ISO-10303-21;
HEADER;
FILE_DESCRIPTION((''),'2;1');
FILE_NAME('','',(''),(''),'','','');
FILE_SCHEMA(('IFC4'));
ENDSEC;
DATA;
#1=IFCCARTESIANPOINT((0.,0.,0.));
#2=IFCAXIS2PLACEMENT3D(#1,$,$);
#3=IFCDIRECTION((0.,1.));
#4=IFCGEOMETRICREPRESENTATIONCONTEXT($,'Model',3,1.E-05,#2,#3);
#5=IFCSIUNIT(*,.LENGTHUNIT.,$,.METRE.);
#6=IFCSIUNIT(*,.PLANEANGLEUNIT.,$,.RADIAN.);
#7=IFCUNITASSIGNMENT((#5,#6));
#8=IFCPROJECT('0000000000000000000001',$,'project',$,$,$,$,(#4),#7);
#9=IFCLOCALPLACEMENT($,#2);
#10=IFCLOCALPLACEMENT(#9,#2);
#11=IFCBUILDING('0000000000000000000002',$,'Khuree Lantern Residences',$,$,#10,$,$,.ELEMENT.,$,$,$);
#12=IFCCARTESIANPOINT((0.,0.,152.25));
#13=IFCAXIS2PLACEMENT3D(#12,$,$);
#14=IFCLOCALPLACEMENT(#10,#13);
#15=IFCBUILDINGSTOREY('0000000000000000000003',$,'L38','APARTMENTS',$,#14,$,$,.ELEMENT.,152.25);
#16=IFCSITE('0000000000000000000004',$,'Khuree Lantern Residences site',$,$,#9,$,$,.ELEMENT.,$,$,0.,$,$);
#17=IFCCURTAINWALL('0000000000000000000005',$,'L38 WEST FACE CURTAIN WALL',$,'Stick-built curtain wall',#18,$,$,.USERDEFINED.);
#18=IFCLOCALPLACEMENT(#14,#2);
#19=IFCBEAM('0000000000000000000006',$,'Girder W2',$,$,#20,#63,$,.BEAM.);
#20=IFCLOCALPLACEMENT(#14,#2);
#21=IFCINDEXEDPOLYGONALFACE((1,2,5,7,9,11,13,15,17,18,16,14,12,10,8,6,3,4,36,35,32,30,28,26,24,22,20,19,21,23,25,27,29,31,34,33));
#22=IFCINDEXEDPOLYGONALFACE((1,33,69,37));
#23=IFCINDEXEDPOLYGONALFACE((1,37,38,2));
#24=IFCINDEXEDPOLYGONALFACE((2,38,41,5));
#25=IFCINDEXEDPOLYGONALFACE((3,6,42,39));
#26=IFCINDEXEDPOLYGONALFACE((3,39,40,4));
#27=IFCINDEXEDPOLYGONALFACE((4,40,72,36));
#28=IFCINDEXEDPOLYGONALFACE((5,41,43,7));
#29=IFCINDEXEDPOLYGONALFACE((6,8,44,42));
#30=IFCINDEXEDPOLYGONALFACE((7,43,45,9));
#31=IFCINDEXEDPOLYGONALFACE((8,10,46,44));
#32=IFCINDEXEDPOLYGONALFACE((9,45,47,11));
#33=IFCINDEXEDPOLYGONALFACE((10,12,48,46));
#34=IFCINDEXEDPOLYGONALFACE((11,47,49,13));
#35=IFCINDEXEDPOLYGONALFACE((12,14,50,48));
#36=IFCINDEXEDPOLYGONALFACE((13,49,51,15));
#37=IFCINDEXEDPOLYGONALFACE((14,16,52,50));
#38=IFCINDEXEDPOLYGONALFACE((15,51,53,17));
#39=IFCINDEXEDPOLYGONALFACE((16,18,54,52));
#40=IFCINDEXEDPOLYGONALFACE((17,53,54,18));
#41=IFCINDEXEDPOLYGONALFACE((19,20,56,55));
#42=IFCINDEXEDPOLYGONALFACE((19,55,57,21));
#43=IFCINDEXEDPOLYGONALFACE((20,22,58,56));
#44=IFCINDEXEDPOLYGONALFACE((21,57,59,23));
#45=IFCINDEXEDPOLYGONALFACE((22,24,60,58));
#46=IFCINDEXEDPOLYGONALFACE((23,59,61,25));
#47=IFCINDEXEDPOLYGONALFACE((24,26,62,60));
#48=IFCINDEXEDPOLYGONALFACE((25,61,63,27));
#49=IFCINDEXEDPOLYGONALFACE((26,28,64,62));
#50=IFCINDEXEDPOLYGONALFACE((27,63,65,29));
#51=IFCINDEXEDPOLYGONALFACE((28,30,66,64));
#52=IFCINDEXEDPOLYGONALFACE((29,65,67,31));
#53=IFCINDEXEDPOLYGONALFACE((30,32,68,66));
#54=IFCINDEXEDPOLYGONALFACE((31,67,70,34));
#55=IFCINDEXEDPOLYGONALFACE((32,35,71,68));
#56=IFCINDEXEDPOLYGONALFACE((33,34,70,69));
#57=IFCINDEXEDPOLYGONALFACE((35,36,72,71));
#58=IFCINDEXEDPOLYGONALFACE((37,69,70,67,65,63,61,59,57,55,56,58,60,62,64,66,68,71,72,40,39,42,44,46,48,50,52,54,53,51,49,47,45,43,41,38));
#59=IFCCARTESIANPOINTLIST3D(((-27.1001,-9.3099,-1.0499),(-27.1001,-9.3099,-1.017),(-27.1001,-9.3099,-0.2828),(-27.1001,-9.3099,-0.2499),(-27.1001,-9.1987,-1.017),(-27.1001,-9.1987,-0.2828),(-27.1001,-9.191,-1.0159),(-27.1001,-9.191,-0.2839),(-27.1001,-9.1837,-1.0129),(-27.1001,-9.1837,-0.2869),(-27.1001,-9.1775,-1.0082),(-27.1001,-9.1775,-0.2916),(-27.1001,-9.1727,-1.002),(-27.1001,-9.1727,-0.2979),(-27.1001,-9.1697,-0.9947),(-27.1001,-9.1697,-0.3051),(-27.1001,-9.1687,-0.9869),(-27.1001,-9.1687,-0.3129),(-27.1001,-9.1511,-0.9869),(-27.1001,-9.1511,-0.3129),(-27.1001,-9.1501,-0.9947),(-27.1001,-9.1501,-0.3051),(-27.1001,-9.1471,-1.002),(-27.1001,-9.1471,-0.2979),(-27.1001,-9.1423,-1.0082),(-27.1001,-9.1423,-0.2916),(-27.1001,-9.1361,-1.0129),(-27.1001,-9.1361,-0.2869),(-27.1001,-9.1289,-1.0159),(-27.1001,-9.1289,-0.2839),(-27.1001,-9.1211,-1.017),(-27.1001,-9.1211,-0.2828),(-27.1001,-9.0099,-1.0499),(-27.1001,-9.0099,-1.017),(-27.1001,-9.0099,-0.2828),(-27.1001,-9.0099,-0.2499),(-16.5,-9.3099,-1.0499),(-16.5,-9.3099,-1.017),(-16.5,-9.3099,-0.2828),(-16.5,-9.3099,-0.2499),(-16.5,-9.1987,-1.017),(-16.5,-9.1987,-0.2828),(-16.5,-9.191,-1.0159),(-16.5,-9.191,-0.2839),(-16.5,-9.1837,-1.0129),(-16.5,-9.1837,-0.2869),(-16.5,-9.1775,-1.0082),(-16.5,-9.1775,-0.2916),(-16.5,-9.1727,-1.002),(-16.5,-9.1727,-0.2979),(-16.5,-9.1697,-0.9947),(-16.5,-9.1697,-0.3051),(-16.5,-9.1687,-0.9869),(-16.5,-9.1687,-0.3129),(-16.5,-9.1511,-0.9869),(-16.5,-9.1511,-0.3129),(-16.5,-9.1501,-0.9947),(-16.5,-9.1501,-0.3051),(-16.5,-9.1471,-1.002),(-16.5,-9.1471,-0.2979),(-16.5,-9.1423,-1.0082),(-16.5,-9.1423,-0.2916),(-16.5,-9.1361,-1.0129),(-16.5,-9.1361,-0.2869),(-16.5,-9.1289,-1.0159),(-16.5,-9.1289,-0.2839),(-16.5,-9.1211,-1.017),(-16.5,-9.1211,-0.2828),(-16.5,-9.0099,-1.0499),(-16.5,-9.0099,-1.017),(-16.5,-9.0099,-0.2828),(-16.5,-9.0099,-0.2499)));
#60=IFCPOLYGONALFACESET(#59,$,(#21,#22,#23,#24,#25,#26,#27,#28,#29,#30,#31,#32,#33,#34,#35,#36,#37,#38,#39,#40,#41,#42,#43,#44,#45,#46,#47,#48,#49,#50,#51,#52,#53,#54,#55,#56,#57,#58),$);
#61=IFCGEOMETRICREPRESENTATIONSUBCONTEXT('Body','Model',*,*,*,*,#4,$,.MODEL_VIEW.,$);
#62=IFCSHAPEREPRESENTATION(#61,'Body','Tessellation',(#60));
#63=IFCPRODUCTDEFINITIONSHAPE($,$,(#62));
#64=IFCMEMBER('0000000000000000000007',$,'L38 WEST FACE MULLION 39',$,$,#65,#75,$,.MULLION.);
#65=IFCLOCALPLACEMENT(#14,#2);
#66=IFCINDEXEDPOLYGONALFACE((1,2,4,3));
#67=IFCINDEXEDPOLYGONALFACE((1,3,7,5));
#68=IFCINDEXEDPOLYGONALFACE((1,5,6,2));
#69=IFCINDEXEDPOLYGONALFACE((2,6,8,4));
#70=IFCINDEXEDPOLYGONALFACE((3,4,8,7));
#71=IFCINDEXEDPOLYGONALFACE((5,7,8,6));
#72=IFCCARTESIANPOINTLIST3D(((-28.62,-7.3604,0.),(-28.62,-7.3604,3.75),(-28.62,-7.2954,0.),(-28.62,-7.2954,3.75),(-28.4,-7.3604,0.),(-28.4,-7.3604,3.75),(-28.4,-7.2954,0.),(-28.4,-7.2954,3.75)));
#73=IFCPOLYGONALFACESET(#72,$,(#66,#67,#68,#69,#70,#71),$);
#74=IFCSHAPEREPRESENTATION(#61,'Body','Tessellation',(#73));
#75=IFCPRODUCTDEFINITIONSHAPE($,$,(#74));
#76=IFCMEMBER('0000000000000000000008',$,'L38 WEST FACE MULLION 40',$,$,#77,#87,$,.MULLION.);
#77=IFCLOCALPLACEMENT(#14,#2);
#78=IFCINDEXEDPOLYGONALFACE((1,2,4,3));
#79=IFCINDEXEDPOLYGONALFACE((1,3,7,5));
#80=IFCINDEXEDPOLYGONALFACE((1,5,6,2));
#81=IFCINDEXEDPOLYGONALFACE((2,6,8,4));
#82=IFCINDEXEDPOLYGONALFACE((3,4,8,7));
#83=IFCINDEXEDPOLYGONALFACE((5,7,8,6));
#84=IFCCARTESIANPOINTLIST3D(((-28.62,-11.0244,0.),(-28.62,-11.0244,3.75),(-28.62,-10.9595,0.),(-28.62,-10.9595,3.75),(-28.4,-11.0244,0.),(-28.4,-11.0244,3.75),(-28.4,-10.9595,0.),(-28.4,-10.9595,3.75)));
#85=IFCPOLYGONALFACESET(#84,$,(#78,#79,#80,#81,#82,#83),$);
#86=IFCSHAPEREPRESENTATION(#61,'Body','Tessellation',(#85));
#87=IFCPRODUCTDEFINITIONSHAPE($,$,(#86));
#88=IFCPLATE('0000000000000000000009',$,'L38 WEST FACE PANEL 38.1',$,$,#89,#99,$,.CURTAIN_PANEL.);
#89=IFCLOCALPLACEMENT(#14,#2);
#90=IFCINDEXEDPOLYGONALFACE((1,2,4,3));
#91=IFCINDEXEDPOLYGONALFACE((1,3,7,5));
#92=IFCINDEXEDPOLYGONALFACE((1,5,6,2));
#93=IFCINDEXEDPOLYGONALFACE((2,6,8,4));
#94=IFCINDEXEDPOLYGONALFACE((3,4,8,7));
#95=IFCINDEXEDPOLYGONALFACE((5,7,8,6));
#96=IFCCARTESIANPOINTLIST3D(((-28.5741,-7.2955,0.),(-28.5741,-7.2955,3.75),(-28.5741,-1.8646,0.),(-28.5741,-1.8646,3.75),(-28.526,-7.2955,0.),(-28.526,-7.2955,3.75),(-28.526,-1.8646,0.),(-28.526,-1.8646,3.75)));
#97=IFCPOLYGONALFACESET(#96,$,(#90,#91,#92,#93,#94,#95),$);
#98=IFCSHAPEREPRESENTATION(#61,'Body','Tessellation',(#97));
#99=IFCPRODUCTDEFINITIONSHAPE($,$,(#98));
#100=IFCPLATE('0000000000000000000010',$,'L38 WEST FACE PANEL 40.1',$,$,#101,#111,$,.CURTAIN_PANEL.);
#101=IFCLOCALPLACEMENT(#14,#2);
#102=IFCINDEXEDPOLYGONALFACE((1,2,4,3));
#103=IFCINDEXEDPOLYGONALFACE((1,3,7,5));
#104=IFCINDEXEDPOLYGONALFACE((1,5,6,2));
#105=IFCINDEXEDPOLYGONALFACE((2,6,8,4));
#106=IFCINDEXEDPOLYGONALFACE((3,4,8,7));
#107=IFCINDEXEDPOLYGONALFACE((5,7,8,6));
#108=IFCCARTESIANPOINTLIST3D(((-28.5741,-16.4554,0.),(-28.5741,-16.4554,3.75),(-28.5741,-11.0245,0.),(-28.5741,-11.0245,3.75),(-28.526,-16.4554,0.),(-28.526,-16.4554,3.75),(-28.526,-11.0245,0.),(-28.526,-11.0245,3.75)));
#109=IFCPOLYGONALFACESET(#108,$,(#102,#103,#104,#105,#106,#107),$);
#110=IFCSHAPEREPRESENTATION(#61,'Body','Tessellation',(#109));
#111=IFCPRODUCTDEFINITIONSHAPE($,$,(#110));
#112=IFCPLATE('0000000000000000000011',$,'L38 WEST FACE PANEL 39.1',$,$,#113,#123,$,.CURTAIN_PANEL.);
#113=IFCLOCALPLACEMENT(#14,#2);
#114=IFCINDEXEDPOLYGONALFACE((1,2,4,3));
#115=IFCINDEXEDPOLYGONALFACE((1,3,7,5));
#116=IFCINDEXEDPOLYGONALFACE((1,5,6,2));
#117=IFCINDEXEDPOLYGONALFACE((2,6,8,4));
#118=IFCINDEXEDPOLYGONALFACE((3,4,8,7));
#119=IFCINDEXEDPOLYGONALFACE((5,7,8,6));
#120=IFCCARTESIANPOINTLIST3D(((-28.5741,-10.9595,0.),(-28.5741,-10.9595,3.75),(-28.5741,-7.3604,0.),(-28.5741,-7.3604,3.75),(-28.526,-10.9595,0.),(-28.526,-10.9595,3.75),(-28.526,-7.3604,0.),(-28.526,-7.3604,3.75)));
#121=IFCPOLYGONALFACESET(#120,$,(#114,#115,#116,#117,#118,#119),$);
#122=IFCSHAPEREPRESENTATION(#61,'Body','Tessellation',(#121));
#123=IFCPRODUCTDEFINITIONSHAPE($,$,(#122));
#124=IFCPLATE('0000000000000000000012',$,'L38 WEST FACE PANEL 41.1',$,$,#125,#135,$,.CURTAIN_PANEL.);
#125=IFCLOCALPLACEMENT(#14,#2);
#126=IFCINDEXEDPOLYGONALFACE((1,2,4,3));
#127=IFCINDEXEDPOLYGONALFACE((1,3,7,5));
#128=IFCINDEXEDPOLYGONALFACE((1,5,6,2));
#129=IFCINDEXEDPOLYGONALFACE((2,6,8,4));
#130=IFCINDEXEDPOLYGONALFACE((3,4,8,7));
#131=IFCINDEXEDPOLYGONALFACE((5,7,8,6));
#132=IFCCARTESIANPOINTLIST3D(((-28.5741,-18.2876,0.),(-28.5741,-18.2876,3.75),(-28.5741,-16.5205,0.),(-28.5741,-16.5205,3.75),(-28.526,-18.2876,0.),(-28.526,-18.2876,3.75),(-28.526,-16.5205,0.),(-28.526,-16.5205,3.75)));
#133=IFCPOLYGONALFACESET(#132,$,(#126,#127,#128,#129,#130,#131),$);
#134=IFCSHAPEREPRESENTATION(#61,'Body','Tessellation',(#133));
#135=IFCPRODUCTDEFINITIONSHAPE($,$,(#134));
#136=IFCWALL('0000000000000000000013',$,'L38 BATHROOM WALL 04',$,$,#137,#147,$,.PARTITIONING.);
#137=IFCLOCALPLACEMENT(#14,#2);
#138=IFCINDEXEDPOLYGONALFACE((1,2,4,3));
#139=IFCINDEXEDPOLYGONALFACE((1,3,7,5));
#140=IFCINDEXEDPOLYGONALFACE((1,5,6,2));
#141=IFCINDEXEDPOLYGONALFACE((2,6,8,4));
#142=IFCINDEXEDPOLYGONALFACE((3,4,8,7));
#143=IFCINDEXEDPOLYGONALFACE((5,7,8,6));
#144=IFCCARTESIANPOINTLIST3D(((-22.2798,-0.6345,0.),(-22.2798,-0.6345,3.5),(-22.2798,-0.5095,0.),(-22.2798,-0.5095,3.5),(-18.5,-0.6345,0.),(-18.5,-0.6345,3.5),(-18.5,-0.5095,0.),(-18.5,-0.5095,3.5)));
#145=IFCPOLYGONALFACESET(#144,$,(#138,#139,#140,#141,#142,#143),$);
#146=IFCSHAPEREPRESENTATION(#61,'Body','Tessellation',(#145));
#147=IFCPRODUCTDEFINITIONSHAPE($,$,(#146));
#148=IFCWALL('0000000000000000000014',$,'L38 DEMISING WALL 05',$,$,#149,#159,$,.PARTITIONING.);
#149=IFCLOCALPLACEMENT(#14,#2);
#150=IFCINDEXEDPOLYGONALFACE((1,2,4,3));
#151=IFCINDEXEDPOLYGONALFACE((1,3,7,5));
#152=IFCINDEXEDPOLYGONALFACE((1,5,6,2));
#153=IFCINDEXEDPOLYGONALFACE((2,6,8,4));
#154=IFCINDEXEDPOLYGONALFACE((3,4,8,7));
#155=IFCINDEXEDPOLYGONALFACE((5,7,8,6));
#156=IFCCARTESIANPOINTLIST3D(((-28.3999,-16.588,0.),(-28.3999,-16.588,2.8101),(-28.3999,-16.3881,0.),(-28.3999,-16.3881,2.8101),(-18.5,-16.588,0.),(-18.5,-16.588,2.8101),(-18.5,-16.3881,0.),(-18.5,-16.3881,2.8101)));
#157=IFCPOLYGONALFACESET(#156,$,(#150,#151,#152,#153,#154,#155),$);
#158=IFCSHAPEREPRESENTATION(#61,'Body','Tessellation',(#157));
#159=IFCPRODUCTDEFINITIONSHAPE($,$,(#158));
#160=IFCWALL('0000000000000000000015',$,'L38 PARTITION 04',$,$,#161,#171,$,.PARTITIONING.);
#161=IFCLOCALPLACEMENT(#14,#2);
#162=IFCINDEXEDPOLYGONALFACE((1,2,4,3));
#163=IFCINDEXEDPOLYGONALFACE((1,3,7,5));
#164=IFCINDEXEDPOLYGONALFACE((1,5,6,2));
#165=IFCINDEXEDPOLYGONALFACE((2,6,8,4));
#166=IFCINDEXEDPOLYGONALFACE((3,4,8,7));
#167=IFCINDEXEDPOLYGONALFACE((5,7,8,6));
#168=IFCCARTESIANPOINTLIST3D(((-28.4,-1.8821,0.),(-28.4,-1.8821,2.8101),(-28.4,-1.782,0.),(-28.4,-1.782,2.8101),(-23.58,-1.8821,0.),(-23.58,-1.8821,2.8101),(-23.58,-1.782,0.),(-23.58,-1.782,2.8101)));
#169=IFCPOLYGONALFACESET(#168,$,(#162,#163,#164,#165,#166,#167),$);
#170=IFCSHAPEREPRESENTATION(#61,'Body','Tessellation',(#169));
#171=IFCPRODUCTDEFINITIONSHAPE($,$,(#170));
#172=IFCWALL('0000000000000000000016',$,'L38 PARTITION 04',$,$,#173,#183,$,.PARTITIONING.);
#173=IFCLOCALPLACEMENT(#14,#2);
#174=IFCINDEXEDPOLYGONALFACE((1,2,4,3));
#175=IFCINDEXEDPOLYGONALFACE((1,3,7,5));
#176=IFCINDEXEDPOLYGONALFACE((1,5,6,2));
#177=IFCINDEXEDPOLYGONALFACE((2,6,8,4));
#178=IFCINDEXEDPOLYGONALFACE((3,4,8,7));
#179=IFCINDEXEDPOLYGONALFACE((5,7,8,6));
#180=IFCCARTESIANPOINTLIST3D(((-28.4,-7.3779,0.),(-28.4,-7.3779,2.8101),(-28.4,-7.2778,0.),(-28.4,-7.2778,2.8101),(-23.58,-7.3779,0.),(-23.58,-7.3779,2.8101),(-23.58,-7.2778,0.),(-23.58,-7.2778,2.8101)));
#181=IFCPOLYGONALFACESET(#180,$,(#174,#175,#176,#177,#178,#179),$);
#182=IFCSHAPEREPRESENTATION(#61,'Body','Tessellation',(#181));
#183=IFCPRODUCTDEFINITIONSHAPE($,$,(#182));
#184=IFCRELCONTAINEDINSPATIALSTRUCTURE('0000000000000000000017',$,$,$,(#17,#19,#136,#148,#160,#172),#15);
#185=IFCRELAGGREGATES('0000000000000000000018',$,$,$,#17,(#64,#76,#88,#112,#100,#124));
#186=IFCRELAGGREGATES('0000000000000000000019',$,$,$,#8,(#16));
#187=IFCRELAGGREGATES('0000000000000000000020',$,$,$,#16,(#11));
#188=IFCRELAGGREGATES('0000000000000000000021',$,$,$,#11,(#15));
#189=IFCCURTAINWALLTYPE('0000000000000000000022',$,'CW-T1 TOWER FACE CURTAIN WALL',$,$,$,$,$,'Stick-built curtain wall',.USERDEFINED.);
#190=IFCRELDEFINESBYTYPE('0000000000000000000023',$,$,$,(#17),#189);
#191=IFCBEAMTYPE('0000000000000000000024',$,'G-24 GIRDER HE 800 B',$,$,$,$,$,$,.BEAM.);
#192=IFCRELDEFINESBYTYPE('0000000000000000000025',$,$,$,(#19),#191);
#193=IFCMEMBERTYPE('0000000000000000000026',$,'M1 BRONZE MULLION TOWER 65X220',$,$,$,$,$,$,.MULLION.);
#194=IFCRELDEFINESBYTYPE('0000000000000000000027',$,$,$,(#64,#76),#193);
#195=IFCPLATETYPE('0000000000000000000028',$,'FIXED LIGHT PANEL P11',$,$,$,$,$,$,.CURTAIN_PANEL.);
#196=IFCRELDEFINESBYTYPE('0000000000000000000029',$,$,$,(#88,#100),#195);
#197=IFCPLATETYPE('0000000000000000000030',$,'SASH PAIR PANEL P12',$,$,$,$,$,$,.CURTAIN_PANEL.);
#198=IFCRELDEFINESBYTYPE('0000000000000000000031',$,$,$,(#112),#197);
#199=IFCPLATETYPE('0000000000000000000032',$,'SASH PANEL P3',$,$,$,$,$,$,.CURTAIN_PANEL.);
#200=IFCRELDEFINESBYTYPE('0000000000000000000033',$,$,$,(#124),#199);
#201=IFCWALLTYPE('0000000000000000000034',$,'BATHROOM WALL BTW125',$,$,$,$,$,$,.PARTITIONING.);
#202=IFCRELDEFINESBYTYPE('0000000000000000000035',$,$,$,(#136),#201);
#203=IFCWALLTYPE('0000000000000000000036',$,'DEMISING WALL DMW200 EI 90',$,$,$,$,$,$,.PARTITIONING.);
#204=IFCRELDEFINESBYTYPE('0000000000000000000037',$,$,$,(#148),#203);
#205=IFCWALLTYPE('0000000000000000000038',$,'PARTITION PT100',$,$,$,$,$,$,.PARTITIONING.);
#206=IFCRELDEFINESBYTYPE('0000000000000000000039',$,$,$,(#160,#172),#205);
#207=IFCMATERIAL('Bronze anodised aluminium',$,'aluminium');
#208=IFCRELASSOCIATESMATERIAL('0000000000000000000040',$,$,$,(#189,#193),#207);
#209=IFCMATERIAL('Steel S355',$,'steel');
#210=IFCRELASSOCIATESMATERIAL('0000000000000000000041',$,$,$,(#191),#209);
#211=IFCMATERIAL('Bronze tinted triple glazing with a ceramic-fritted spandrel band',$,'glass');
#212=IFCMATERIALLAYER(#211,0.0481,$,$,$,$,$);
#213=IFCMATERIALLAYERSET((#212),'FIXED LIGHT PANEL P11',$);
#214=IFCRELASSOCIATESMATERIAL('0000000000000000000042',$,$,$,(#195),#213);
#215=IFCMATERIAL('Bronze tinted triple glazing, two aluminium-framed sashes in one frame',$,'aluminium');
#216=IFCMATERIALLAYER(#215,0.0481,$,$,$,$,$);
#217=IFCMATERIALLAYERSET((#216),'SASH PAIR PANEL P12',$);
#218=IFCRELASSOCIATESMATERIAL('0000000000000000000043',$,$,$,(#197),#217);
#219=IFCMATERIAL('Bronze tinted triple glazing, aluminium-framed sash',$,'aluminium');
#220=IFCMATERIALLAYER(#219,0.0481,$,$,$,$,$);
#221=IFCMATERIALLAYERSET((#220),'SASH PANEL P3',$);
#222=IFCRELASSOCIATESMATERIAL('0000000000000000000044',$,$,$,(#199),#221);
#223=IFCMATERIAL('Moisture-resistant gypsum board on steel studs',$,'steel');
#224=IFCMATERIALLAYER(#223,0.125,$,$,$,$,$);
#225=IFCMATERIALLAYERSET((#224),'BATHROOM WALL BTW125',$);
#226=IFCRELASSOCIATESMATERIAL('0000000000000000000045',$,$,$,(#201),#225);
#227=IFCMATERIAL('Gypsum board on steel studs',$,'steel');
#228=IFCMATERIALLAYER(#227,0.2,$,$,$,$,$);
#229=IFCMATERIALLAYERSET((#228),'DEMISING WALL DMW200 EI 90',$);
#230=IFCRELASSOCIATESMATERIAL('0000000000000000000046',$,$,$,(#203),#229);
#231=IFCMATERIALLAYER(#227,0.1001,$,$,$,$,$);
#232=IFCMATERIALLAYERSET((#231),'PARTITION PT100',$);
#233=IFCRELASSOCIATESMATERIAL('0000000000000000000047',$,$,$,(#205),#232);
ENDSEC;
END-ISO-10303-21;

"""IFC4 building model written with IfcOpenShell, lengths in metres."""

from ifc_helpers import new_model, si_unit, direction, frame, frame_2d, origin, origin_2d, place, context, subcontext, project, spatial, rectangle, i_section, extrude, material, layer, layer_set, material_profile, profile_set, type_object, element, aggregate, save


model = new_model("IFC4")

# Units and contexts
model_context = context("Model", 3, precision=1e-05, world=origin(), true_north=direction((0.0, 1.0)))
body_context = subcontext(model_context, "Body", "Model", "MODEL_VIEW")
ifc_project = project(units=[si_unit("LENGTHUNIT", "METRE"), si_unit("PLANEANGLEUNIT", "RADIAN")], contexts=[model_context])

# Site, building, storey
site_placement = place(None, origin())
site = spatial("IfcSite", under=ifc_project, at=site_placement, Name="Khuree Lantern Residences site", CompositionType="ELEMENT", RefElevation=0.0)
building_placement = place(site_placement, origin())
building = spatial("IfcBuilding", under=site, at=building_placement, Name="Khuree Lantern Residences", CompositionType="ELEMENT")
storey_placement = place(building_placement, frame((0.0, 0.0, 152.25)))
storey = spatial("IfcBuildingStorey", under=building, at=storey_placement, Name="L38", Description="APARTMENTS", CompositionType="ELEMENT", Elevation=152.25)

# Shared definitions
ifc_material_1 = material(Name="Steel S355", Category="steel")

# Curtain wall
ifc_material_2 = material(Name="Bronze anodised aluminium", Category="aluminium")
curtain_wall_type = type_object("IfcCurtainWallType", Name="CW-T1 TOWER FACE CURTAIN WALL", ElementType="Stick-built curtain wall", PredefinedType="USERDEFINED", material=ifc_material_2)
curtain_wall_placement = place(storey_placement, origin())
curtain_wall = element("IfcCurtainWall", 1, at=curtain_wall_placement, inside=storey, type_object=curtain_wall_type, Name="L38 WEST FACE CURTAIN WALL", ObjectType="Stick-built curtain wall", PredefinedType="USERDEFINED")

# Beam
ifc_material_profile_1 = material_profile(ifc_material_1, i_section(OverallWidth=0.3, OverallDepth=0.8, WebThickness=0.0176, FlangeThickness=0.033, FilletRadius=0.03, at=origin_2d()), Name="HE 800 B")
ifc_profile_set_1 = profile_set([ifc_material_profile_1], Name="Steel S355")
beam_type_1 = type_object("IfcBeamType", Name="G-24 GIRDER HE 800 B", PredefinedType="BEAM", material=ifc_profile_set_1)
beam_1_placement = place(storey_placement, frame((-27.1001, -9.1599, -0.6499), z_axis=(1.0, 0.0, 0.0), x_axis=(0.0, 1.0, 0.0)))
element("IfcBeam", 2, at=beam_1_placement, inside=storey, type_object=beam_type_1, Name="Girder W2", PredefinedType="BEAM", context=body_context, shape_type="SweptSolid", body=[
    extrude(i_section(OverallWidth=0.3, OverallDepth=0.8, WebThickness=0.0176, FlangeThickness=0.033, FilletRadius=0.03, at=origin_2d()), origin(), (0.0, 0.0, 1.0), 10.6001),
])

# Members
ifc_material_profile_2 = material_profile(ifc_material_2, rectangle(XDim=0.0649, YDim=0.22, at=origin_2d()), Name="M1 65X220")
ifc_profile_set_2 = profile_set([ifc_material_profile_2], Name="Bronze anodised aluminium")
member_type_1 = type_object("IfcMemberType", Name="M1 BRONZE MULLION TOWER 65X220", PredefinedType="MULLION", material=ifc_profile_set_2)
member_1_placement = place(storey_placement, frame((-28.51, -7.3279, 0.0), z_axis=(0.0, 0.0, 1.0), x_axis=(0.0, -1.0, 0.0)))
member_1 = element("IfcMember", 3, at=member_1_placement, type_object=member_type_1, Name="L38 WEST FACE MULLION 39", PredefinedType="MULLION", context=body_context, shape_type="SweptSolid", body=[
    extrude(rectangle(XDim=0.0649, YDim=0.22, at=origin_2d()), origin(), (0.0, 0.0, 1.0), 3.75),
])
member_2_placement = place(storey_placement, frame((-28.51, -10.9919, 0.0), z_axis=(0.0, 0.0, 1.0), x_axis=(0.0, -1.0, 0.0)))
member_2 = element("IfcMember", 4, at=member_2_placement, type_object=member_type_1, Name="L38 WEST FACE MULLION 40", PredefinedType="MULLION", context=body_context, shape_type="SweptSolid", body=[
    extrude(rectangle(XDim=0.0649, YDim=0.22, at=origin_2d()), origin(), (0.0, 0.0, 1.0), 3.75),
])

# Plates
ifc_material_3 = material(Name="Bronze tinted triple glazing with a ceramic-fritted spandrel band", Category="glass")
ifc_layer_1 = layer(ifc_material_3, 0.0481)
ifc_layer_set_1 = layer_set([ifc_layer_1], Name="FIXED LIGHT PANEL P11")
plate_type_1 = type_object("IfcPlateType", Name="FIXED LIGHT PANEL P11", PredefinedType="CURTAIN_PANEL", material=ifc_layer_set_1)
plate_1_placement = place(storey_placement, frame((-28.55, -4.5801, 0.0), z_axis=(0.0, 0.0, 1.0), x_axis=(0.0, -1.0, 0.0)))
plate_1 = element("IfcPlate", 5, at=plate_1_placement, type_object=plate_type_1, Name="L38 WEST FACE PANEL 38.1", PredefinedType="CURTAIN_PANEL", context=body_context, shape_type="SweptSolid", body=[
    extrude(rectangle(XDim=5.4309, YDim=0.0481, at=origin_2d()), origin(), (0.0, 0.0, 1.0), 3.75),
])
plate_2_placement = place(storey_placement, frame((-28.55, -13.74, 0.0), z_axis=(0.0, 0.0, 1.0), x_axis=(0.0, -1.0, 0.0)))
plate_2 = element("IfcPlate", 6, at=plate_2_placement, type_object=plate_type_1, Name="L38 WEST FACE PANEL 40.1", PredefinedType="CURTAIN_PANEL", context=body_context, shape_type="SweptSolid", body=[
    extrude(rectangle(XDim=5.4309, YDim=0.0481, at=origin_2d()), origin(), (0.0, 0.0, 1.0), 3.75),
])
ifc_material_4 = material(Name="Bronze tinted triple glazing, two aluminium-framed sashes in one frame", Category="aluminium")
ifc_layer_2 = layer(ifc_material_4, 0.0481)
ifc_layer_set_2 = layer_set([ifc_layer_2], Name="SASH PAIR PANEL P12")
plate_type_2 = type_object("IfcPlateType", Name="SASH PAIR PANEL P12", PredefinedType="CURTAIN_PANEL", material=ifc_layer_set_2)
plate_3_placement = place(storey_placement, frame((-28.55, -9.1599, 0.0), z_axis=(0.0, 0.0, 1.0), x_axis=(0.0, -1.0, 0.0)))
plate_3 = element("IfcPlate", 7, at=plate_3_placement, type_object=plate_type_2, Name="L38 WEST FACE PANEL 39.1", PredefinedType="CURTAIN_PANEL", context=body_context, shape_type="SweptSolid", body=[
    extrude(rectangle(XDim=3.5991, YDim=0.0481, at=origin_2d()), origin(), (0.0, 0.0, 1.0), 3.75),
])
ifc_material_5 = material(Name="Bronze tinted triple glazing, aluminium-framed sash", Category="aluminium")
ifc_layer_3 = layer(ifc_material_5, 0.0481)
ifc_layer_set_3 = layer_set([ifc_layer_3], Name="SASH PANEL P3")
plate_type_3 = type_object("IfcPlateType", Name="SASH PANEL P3", PredefinedType="CURTAIN_PANEL", material=ifc_layer_set_3)
plate_4_placement = place(storey_placement, frame((-28.55, -17.4041, 0.0), z_axis=(0.0, 0.0, 1.0), x_axis=(0.0, -1.0, 0.0)))
plate_4 = element("IfcPlate", 8, at=plate_4_placement, type_object=plate_type_3, Name="L38 WEST FACE PANEL 41.1", PredefinedType="CURTAIN_PANEL", context=body_context, shape_type="SweptSolid", body=[
    extrude(rectangle(XDim=1.7671, YDim=0.0481, at=origin_2d()), origin(), (0.0, 0.0, 1.0), 3.75),
])
aggregate(curtain_wall, [member_1, member_2, plate_1, plate_3, plate_2, plate_4])

# Walls
ifc_material_6 = material(Name="Moisture-resistant gypsum board on steel studs", Category="steel")
ifc_layer_4 = layer(ifc_material_6, 0.125)
ifc_layer_set_4 = layer_set([ifc_layer_4], Name="BATHROOM WALL BTW125")
wall_type_1 = type_object("IfcWallType", Name="BATHROOM WALL BTW125", PredefinedType="PARTITIONING", material=ifc_layer_set_4)
wall_1_placement = place(storey_placement, frame((-18.5, -0.572, 0.0), z_axis=(0.0, 0.0, 1.0), x_axis=(-1.0, 0.0, 0.0)))
element("IfcWall", 9, at=wall_1_placement, inside=storey, type_object=wall_type_1, Name="L38 BATHROOM WALL 04", PredefinedType="PARTITIONING", context=body_context, shape_type="SweptSolid", body=[
    extrude(rectangle(XDim=3.7798, YDim=0.125, at=frame_2d((1.8899, 0.0))), origin(), (0.0, 0.0, 1.0), 3.5),
])
ifc_material_7 = material(Name="Gypsum board on steel studs", Category="steel")
ifc_layer_5 = layer(ifc_material_7, 0.2)
ifc_layer_set_5 = layer_set([ifc_layer_5], Name="DEMISING WALL DMW200 EI 90")
wall_type_2 = type_object("IfcWallType", Name="DEMISING WALL DMW200 EI 90", PredefinedType="PARTITIONING", material=ifc_layer_set_5)
wall_2_placement = place(storey_placement, frame((-18.5, -16.488, 0.0), z_axis=(0.0, 0.0, 1.0), x_axis=(-1.0, 0.0, 0.0)))
element("IfcWall", 10, at=wall_2_placement, inside=storey, type_object=wall_type_2, Name="L38 DEMISING WALL 05", PredefinedType="PARTITIONING", context=body_context, shape_type="SweptSolid", body=[
    extrude(rectangle(XDim=9.8999, YDim=0.2, at=frame_2d((4.95, 0.0))), origin(), (0.0, 0.0, 1.0), 2.8101),
])
ifc_layer_6 = layer(ifc_material_7, 0.1001)
ifc_layer_set_6 = layer_set([ifc_layer_6], Name="PARTITION PT100")
wall_type_3 = type_object("IfcWallType", Name="PARTITION PT100", PredefinedType="PARTITIONING", material=ifc_layer_set_6)
for number, where, z_axis, x_axis, name in (
    (11, (-23.5798, -1.832, 0.0), (0.0, 0.0, 1.0), (-1.0, 0.0, 0.0), "L38 PARTITION 04"),
    (12, (-23.5798, -7.3279, 0.0), (0.0, 0.0, 1.0), (-1.0, 0.0, 0.0), "L38 PARTITION 04"),
):
    element("IfcWall", number, at=place(storey_placement, frame(where, z_axis=z_axis, x_axis=x_axis)), inside=storey, type_object=wall_type_3, Name=name, PredefinedType="PARTITIONING", context=body_context, shape_type="SweptSolid", body=[
        extrude(rectangle(XDim=4.8201, YDim=0.1001, at=frame_2d((2.4102, 0.0))), origin(), (0.0, 0.0, 1.0), 2.8101),
    ])

save(model, "model.ifc")
